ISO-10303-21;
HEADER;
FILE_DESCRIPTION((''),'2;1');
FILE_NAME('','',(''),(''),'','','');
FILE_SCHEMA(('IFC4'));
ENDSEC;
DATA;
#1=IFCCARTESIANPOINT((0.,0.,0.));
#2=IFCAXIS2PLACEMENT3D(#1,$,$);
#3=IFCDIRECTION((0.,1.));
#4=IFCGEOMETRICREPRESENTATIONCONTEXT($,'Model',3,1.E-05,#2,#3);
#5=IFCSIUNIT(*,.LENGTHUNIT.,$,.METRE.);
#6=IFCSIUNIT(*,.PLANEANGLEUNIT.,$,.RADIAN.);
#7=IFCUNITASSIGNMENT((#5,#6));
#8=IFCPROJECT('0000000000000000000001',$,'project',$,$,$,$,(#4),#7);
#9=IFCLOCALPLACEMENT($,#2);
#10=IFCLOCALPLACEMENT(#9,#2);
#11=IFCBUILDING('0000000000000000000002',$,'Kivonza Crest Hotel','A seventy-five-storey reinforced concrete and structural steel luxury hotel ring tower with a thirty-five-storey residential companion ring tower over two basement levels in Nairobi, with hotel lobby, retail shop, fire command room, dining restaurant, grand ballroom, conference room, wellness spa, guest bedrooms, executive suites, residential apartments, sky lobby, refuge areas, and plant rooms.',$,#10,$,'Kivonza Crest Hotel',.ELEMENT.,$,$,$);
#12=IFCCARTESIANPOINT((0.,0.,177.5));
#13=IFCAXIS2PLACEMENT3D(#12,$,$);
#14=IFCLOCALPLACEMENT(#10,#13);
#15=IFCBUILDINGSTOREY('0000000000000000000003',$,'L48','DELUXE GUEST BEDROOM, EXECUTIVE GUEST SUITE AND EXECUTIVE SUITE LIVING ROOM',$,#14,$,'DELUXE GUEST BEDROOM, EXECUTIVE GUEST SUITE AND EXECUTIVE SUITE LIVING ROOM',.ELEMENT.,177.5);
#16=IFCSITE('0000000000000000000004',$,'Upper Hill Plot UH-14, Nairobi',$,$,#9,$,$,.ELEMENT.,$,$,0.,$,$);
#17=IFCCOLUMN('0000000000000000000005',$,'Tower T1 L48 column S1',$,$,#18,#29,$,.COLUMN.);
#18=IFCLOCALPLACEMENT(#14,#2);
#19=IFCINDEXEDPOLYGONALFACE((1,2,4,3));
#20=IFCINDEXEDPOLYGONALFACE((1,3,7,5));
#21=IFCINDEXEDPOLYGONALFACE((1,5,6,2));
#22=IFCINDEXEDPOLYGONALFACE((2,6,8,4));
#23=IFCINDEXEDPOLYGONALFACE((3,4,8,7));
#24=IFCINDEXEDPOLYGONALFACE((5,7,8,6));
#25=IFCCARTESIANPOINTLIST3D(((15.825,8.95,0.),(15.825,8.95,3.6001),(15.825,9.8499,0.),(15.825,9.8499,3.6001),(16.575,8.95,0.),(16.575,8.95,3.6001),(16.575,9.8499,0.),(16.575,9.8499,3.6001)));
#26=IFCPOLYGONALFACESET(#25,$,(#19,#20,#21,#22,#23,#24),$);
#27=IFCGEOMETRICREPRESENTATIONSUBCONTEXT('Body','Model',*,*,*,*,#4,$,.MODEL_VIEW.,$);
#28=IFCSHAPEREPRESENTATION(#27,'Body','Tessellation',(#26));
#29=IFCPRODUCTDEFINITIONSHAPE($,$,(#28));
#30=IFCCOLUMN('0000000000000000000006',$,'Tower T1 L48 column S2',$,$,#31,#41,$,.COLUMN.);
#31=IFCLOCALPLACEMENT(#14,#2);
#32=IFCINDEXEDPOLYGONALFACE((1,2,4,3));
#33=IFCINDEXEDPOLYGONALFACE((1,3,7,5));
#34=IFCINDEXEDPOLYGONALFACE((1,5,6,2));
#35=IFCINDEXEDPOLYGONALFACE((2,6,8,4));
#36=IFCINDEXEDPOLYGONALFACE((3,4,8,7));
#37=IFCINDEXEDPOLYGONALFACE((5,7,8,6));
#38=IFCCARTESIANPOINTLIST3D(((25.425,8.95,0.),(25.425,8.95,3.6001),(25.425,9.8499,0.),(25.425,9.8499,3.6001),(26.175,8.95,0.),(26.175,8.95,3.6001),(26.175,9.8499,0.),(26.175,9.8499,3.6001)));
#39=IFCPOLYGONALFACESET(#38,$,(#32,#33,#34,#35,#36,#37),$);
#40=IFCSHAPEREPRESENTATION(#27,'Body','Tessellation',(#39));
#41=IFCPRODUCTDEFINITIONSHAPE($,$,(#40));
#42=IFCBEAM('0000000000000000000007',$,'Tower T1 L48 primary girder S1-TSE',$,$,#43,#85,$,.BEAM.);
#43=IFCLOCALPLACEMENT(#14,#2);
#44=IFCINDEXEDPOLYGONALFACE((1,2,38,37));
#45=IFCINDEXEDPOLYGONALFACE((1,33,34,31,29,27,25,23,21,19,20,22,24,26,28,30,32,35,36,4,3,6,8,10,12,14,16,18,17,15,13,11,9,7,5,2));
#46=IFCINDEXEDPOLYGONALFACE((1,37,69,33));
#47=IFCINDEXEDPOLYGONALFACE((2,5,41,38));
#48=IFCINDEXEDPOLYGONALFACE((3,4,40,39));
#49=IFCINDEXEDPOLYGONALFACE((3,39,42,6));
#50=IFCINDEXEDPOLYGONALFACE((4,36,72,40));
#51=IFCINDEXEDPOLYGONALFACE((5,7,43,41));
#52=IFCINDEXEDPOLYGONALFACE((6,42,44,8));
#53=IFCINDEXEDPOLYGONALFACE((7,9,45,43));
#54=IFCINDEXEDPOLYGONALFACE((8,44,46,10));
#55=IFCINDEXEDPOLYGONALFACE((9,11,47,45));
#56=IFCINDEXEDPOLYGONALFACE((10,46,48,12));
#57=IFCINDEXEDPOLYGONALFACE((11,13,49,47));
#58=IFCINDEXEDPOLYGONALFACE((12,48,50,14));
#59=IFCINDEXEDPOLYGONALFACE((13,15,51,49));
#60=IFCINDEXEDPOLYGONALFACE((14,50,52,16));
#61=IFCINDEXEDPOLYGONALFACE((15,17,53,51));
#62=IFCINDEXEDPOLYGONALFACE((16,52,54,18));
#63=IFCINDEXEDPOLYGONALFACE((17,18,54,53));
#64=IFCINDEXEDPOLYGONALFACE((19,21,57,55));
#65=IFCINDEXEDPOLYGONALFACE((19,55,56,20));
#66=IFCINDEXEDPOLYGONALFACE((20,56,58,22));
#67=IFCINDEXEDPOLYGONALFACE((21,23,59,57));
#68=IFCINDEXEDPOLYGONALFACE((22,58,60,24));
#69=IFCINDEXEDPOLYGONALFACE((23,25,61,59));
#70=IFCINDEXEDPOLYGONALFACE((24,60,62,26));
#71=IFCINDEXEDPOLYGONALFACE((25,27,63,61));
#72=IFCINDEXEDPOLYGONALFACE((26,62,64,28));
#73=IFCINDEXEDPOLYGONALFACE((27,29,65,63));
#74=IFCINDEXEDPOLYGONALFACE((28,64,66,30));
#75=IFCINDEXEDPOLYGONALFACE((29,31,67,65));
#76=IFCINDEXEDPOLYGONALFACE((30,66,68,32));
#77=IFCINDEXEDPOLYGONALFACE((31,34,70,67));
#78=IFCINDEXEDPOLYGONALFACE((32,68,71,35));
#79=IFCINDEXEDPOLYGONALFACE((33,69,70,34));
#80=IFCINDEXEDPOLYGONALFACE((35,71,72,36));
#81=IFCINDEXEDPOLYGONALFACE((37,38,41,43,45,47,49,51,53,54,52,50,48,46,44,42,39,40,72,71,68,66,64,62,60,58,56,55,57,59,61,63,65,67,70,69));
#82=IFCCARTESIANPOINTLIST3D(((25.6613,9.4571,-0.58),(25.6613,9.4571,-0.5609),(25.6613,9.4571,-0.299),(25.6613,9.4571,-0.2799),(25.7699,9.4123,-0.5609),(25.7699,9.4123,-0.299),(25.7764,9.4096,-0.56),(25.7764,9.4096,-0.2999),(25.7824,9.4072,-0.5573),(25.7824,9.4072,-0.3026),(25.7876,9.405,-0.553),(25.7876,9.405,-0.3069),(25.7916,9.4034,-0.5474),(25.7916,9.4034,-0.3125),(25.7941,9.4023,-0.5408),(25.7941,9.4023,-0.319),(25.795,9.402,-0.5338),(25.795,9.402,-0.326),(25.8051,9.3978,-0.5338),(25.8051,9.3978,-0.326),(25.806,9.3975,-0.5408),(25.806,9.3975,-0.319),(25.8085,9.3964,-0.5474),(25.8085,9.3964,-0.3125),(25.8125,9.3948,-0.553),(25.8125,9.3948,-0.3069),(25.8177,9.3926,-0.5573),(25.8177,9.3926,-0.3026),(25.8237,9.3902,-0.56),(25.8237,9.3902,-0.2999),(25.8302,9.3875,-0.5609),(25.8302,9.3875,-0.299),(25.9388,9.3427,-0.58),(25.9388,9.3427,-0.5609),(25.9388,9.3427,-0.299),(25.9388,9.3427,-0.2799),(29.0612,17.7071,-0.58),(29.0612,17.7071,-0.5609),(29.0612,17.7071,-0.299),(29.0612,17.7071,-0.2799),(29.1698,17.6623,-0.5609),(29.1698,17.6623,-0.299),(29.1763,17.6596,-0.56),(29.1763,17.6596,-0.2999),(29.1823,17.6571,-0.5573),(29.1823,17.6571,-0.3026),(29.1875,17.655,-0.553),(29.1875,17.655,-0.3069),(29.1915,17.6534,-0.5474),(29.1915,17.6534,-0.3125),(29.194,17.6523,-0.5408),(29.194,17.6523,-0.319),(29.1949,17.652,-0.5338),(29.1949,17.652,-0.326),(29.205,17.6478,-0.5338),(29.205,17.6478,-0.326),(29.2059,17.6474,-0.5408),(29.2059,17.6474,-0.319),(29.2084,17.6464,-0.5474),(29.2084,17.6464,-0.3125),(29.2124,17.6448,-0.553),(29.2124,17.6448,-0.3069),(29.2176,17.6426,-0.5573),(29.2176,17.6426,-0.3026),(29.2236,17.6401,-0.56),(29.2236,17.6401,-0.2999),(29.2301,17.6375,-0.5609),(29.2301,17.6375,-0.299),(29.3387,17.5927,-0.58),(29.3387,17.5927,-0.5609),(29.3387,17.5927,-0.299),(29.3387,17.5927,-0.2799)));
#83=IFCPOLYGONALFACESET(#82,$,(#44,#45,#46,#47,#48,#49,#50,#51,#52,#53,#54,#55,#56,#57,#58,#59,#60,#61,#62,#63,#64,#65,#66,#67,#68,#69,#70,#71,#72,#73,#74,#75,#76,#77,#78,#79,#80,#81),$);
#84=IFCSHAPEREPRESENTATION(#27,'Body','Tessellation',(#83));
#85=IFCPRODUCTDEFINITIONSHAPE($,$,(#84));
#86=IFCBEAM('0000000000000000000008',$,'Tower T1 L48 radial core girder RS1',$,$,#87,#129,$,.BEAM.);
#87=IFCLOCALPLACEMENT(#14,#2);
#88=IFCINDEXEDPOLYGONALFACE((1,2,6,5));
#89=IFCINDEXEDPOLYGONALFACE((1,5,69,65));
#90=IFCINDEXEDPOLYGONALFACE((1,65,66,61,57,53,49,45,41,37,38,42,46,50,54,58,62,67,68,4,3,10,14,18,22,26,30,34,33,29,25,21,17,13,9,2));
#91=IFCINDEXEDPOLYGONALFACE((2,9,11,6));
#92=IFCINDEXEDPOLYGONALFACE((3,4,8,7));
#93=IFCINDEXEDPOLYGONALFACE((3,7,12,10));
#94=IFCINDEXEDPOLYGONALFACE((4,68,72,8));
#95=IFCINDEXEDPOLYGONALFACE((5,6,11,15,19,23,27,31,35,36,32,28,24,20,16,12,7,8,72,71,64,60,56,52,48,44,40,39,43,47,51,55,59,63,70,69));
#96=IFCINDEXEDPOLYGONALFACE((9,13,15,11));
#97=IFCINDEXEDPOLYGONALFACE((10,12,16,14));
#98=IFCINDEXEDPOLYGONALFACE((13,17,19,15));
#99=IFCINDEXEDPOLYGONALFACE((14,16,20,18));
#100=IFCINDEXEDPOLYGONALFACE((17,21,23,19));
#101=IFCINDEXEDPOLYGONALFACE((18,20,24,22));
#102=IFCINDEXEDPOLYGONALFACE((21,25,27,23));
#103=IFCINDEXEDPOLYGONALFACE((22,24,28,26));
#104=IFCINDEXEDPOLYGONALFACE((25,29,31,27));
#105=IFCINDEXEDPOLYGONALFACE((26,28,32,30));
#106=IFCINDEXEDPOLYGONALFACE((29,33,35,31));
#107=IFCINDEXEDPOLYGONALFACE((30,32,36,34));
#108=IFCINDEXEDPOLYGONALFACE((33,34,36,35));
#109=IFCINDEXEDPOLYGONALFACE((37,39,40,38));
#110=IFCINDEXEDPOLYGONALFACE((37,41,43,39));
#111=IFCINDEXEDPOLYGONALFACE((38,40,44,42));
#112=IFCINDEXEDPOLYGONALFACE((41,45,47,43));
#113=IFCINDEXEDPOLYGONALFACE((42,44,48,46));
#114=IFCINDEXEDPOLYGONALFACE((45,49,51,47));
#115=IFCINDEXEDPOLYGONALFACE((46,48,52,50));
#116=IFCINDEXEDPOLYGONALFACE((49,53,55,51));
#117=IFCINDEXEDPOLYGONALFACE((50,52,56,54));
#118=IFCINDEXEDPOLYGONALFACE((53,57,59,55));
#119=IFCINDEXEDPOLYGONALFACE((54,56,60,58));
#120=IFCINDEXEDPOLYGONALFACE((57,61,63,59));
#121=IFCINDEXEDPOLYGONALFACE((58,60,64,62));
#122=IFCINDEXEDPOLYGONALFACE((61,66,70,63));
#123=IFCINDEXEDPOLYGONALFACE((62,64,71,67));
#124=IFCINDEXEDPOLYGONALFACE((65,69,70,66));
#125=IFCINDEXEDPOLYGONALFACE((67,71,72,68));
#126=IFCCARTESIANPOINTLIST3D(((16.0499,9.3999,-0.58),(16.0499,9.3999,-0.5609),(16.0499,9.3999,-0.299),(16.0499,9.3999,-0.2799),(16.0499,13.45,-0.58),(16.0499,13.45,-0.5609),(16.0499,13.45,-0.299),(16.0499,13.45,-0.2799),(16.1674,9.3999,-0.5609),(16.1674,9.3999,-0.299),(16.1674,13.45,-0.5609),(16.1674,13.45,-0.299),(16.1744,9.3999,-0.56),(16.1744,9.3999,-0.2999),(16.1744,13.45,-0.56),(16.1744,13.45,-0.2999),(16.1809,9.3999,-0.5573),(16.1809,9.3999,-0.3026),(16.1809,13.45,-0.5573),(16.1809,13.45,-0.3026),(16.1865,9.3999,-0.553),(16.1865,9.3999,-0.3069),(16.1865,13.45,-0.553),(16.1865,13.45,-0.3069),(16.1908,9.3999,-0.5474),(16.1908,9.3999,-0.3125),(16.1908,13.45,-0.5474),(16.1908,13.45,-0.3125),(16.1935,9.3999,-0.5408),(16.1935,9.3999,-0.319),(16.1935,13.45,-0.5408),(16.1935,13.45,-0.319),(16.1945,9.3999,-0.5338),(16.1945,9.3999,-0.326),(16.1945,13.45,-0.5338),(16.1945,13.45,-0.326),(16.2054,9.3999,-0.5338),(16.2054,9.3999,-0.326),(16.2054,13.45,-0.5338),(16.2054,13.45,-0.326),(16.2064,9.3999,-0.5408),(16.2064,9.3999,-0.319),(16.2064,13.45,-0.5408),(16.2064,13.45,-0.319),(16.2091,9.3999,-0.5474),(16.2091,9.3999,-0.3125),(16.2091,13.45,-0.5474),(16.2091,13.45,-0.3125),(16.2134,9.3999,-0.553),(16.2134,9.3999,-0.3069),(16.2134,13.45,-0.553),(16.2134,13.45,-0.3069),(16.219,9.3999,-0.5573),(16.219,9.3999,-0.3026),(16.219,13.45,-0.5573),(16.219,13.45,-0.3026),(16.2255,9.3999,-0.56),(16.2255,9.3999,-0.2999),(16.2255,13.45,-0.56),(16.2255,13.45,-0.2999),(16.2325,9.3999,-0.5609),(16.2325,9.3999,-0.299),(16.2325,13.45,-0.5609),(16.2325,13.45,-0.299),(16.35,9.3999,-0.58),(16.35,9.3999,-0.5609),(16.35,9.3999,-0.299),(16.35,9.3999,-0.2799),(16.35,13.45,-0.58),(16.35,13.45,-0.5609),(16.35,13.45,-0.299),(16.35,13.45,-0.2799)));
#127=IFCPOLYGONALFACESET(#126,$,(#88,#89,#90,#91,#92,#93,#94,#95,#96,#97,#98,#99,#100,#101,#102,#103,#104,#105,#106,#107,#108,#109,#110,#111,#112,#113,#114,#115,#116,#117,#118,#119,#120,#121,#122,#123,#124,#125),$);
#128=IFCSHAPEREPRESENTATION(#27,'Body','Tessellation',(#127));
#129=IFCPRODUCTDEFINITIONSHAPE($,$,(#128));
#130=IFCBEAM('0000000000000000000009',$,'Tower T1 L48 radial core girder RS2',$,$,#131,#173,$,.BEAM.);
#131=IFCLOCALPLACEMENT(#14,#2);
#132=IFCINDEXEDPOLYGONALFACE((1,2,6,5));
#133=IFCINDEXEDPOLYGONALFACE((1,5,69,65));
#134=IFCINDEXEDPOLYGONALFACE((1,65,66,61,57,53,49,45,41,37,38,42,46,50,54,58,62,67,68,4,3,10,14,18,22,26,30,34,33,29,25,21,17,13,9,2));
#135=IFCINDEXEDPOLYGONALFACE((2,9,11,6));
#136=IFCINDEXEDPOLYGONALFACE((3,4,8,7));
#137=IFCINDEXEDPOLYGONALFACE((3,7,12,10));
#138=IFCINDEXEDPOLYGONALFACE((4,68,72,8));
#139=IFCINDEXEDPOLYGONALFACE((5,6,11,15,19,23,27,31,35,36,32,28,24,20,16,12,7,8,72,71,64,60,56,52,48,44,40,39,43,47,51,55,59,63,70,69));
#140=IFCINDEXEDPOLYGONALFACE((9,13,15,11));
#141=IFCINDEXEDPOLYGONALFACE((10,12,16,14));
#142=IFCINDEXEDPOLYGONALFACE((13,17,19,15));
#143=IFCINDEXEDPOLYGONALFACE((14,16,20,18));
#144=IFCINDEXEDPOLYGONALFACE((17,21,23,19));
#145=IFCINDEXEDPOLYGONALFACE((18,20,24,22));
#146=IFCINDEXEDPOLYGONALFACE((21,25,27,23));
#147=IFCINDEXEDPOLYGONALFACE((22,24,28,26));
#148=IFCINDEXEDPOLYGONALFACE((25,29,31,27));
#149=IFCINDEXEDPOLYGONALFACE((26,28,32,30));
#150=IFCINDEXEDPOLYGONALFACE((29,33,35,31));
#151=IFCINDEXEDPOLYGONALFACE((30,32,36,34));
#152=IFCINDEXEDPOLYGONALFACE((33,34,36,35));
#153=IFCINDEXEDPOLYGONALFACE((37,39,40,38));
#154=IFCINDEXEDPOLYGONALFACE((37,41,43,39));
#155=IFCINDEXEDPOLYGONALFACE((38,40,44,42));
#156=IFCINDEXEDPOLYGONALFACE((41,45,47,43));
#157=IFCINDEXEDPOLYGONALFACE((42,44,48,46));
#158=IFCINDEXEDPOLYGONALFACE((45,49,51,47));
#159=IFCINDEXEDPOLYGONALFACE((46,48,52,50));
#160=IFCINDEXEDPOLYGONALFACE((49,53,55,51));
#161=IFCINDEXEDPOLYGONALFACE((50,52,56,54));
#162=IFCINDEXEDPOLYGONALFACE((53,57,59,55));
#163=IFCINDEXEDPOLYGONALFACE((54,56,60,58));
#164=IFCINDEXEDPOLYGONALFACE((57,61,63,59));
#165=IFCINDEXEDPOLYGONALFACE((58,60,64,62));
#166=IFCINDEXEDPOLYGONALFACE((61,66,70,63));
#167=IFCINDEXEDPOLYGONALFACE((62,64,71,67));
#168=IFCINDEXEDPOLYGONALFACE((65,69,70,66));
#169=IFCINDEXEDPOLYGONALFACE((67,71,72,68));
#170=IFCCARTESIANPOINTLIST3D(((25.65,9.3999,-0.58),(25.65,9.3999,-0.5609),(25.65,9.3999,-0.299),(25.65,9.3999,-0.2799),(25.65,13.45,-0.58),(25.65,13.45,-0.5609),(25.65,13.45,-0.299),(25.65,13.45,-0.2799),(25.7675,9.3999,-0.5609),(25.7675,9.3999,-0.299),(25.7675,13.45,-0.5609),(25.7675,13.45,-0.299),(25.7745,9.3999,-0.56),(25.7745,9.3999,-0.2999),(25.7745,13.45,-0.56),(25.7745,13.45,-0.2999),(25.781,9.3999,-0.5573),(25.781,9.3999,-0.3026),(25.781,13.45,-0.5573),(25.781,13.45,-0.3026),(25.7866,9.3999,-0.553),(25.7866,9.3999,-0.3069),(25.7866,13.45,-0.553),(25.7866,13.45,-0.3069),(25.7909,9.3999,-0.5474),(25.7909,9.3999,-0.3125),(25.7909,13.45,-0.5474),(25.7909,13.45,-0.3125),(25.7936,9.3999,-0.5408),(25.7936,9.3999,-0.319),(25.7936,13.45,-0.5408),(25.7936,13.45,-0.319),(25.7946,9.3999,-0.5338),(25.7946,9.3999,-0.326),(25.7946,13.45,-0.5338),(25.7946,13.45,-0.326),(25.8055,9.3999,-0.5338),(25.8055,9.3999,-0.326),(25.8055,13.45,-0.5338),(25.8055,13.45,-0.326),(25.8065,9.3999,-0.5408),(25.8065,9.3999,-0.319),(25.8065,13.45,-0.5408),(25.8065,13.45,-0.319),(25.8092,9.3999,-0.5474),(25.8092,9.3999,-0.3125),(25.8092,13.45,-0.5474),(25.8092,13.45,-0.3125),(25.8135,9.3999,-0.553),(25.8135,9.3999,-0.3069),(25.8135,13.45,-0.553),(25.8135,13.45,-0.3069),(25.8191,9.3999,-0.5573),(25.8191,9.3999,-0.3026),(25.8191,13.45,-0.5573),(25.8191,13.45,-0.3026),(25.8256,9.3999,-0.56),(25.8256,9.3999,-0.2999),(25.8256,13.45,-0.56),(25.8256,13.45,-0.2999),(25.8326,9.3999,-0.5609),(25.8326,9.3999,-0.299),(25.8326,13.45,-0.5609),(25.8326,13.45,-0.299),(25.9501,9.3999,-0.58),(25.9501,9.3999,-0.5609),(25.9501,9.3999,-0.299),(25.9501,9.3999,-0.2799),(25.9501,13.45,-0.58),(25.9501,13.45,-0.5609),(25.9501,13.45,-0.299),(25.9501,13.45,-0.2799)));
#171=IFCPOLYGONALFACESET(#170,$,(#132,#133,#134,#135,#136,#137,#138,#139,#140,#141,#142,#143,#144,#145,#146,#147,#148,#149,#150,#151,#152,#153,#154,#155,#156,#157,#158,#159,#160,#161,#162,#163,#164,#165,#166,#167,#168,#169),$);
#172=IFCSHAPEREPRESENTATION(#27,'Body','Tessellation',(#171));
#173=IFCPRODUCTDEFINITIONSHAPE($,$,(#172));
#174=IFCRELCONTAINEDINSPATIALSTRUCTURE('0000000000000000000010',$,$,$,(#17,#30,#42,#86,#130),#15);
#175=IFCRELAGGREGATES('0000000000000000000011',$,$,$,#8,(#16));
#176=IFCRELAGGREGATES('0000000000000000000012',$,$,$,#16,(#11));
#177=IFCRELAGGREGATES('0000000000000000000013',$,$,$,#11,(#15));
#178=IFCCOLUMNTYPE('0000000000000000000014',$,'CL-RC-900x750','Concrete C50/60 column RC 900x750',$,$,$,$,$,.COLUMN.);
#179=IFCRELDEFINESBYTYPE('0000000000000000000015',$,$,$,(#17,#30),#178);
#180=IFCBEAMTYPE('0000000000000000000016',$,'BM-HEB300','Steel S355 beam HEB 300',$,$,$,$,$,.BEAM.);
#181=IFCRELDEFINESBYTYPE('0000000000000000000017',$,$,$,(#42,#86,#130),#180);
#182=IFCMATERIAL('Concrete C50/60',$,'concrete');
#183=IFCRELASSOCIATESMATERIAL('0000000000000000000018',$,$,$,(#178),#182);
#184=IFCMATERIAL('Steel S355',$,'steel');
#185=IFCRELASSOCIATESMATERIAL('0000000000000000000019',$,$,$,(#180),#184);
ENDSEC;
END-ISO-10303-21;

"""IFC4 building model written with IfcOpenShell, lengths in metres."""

from ifc_helpers import new_model, si_unit, direction, frame, origin, origin_2d, place, context, subcontext, project, spatial, rectangle, i_section, extrude, material, material_profile, profile_set, type_object, element, save


model = new_model("IFC4")

# Units and contexts
model_context = context("Model", 3, precision=1e-05, world=origin(), true_north=direction((0.0, 1.0)))
body_context = subcontext(model_context, "Body", "Model", "MODEL_VIEW")
ifc_project = project(units=[si_unit("LENGTHUNIT", "METRE"), si_unit("PLANEANGLEUNIT", "RADIAN")], contexts=[model_context])

# Site, building, storey
site_placement = place(None, origin())
site = spatial("IfcSite", under=ifc_project, at=site_placement, Name="Upper Hill Plot UH-14, Nairobi", CompositionType="ELEMENT", RefElevation=0.0)
building_placement = place(site_placement, origin())
building = spatial("IfcBuilding", under=site, at=building_placement, Name="Kivonza Crest Hotel", Description="A seventy-five-storey reinforced concrete and structural steel luxury hotel ring tower with a thirty-five-storey residential companion ring tower over two basement levels in Nairobi, with hotel lobby, retail shop, fire command room, dining restaurant, grand ballroom, conference room, wellness spa, guest bedrooms, executive suites, residential apartments, sky lobby, refuge areas, and plant rooms.", LongName="Kivonza Crest Hotel", CompositionType="ELEMENT")
storey_placement = place(building_placement, frame((0.0, 0.0, 177.5)))
storey = spatial("IfcBuildingStorey", under=building, at=storey_placement, Name="L48", Description="DELUXE GUEST BEDROOM, EXECUTIVE GUEST SUITE AND EXECUTIVE SUITE LIVING ROOM", LongName="DELUXE GUEST BEDROOM, EXECUTIVE GUEST SUITE AND EXECUTIVE SUITE LIVING ROOM", CompositionType="ELEMENT", Elevation=177.5)

# Columns
ifc_material_1 = material(Name="Concrete C50/60", Category="concrete")
ifc_material_profile_1 = material_profile(ifc_material_1, rectangle(XDim=0.75, YDim=0.8999, at=origin_2d()), Name="RC 900x750")
ifc_profile_set_1 = profile_set([ifc_material_profile_1], Name="Concrete C50/60")
column_type = type_object("IfcColumnType", Name="CL-RC-900x750", Description="Concrete C50/60 column RC 900x750", PredefinedType="COLUMN", material=ifc_profile_set_1)
for number, where, z_axis, x_axis, name in (
    (1, (16.2, 9.3999, 0.0), (0.0, 0.0, 1.0), (1.0, 0.0, 0.0), "Tower T1 L48 column S1"),
    (2, (25.8, 9.3999, 0.0), (0.0, 0.0, 1.0), (1.0, 0.0, 0.0), "Tower T1 L48 column S2"),
):
    element("IfcColumn", number, at=place(storey_placement, frame(where, z_axis=z_axis, x_axis=x_axis)), inside=storey, type_object=column_type, Name=name, PredefinedType="COLUMN", context=body_context, shape_type="SweptSolid", body=[
        extrude(rectangle(XDim=0.75, YDim=0.8999, at=origin_2d()), origin(), (0.0, 0.0, 1.0), 3.6001),
    ])

# Beams
ifc_material_2 = material(Name="Steel S355", Category="steel")
ifc_material_profile_2 = material_profile(ifc_material_2, i_section(OverallWidth=0.3, OverallDepth=0.3, WebThickness=0.011, FlangeThickness=0.019, FilletRadius=0.0271, at=origin_2d()), Name="HEB 300")
ifc_profile_set_2 = profile_set([ifc_material_profile_2], Name="Steel S355")
beam_type_1 = type_object("IfcBeamType", Name="BM-HEB300", Description="Steel S355 beam HEB 300", PredefinedType="BEAM", material=ifc_profile_set_2)
beam_1_placement = place(storey_placement, frame((25.8, 9.3999, -0.4299), z_axis=(0.381022, 0.924566, 0.0), x_axis=(-0.924566, 0.381022, 0.0)))
element("IfcBeam", 3, at=beam_1_placement, inside=storey, type_object=beam_type_1, Name="Tower T1 L48 primary girder S1-TSE", PredefinedType="BEAM", context=body_context, shape_type="SweptSolid", body=[
    extrude(i_section(OverallWidth=0.3, OverallDepth=0.3, WebThickness=0.011, FlangeThickness=0.019, FilletRadius=0.0271, at=origin_2d()), origin(), (0.0, 0.0, 1.0), 8.9231),
])
for number, where, z_axis, x_axis, name in (
    (4, (16.2, 9.3999, -0.4299), (0.0, 1.0, 0.0), (-1.0, 0.0, 0.0), "Tower T1 L48 radial core girder RS1"),
    (5, (25.8, 9.3999, -0.4299), (0.0, 1.0, 0.0), (-1.0, 0.0, 0.0), "Tower T1 L48 radial core girder RS2"),
):
    element("IfcBeam", number, at=place(storey_placement, frame(where, z_axis=z_axis, x_axis=x_axis)), inside=storey, type_object=beam_type_1, Name=name, PredefinedType="BEAM", context=body_context, shape_type="SweptSolid", body=[
        extrude(i_section(OverallWidth=0.3, OverallDepth=0.3, WebThickness=0.011, FlangeThickness=0.019, FilletRadius=0.0271, at=origin_2d()), origin(), (0.0, 0.0, 1.0), 4.05),
    ])

save(model, "model.ifc")
